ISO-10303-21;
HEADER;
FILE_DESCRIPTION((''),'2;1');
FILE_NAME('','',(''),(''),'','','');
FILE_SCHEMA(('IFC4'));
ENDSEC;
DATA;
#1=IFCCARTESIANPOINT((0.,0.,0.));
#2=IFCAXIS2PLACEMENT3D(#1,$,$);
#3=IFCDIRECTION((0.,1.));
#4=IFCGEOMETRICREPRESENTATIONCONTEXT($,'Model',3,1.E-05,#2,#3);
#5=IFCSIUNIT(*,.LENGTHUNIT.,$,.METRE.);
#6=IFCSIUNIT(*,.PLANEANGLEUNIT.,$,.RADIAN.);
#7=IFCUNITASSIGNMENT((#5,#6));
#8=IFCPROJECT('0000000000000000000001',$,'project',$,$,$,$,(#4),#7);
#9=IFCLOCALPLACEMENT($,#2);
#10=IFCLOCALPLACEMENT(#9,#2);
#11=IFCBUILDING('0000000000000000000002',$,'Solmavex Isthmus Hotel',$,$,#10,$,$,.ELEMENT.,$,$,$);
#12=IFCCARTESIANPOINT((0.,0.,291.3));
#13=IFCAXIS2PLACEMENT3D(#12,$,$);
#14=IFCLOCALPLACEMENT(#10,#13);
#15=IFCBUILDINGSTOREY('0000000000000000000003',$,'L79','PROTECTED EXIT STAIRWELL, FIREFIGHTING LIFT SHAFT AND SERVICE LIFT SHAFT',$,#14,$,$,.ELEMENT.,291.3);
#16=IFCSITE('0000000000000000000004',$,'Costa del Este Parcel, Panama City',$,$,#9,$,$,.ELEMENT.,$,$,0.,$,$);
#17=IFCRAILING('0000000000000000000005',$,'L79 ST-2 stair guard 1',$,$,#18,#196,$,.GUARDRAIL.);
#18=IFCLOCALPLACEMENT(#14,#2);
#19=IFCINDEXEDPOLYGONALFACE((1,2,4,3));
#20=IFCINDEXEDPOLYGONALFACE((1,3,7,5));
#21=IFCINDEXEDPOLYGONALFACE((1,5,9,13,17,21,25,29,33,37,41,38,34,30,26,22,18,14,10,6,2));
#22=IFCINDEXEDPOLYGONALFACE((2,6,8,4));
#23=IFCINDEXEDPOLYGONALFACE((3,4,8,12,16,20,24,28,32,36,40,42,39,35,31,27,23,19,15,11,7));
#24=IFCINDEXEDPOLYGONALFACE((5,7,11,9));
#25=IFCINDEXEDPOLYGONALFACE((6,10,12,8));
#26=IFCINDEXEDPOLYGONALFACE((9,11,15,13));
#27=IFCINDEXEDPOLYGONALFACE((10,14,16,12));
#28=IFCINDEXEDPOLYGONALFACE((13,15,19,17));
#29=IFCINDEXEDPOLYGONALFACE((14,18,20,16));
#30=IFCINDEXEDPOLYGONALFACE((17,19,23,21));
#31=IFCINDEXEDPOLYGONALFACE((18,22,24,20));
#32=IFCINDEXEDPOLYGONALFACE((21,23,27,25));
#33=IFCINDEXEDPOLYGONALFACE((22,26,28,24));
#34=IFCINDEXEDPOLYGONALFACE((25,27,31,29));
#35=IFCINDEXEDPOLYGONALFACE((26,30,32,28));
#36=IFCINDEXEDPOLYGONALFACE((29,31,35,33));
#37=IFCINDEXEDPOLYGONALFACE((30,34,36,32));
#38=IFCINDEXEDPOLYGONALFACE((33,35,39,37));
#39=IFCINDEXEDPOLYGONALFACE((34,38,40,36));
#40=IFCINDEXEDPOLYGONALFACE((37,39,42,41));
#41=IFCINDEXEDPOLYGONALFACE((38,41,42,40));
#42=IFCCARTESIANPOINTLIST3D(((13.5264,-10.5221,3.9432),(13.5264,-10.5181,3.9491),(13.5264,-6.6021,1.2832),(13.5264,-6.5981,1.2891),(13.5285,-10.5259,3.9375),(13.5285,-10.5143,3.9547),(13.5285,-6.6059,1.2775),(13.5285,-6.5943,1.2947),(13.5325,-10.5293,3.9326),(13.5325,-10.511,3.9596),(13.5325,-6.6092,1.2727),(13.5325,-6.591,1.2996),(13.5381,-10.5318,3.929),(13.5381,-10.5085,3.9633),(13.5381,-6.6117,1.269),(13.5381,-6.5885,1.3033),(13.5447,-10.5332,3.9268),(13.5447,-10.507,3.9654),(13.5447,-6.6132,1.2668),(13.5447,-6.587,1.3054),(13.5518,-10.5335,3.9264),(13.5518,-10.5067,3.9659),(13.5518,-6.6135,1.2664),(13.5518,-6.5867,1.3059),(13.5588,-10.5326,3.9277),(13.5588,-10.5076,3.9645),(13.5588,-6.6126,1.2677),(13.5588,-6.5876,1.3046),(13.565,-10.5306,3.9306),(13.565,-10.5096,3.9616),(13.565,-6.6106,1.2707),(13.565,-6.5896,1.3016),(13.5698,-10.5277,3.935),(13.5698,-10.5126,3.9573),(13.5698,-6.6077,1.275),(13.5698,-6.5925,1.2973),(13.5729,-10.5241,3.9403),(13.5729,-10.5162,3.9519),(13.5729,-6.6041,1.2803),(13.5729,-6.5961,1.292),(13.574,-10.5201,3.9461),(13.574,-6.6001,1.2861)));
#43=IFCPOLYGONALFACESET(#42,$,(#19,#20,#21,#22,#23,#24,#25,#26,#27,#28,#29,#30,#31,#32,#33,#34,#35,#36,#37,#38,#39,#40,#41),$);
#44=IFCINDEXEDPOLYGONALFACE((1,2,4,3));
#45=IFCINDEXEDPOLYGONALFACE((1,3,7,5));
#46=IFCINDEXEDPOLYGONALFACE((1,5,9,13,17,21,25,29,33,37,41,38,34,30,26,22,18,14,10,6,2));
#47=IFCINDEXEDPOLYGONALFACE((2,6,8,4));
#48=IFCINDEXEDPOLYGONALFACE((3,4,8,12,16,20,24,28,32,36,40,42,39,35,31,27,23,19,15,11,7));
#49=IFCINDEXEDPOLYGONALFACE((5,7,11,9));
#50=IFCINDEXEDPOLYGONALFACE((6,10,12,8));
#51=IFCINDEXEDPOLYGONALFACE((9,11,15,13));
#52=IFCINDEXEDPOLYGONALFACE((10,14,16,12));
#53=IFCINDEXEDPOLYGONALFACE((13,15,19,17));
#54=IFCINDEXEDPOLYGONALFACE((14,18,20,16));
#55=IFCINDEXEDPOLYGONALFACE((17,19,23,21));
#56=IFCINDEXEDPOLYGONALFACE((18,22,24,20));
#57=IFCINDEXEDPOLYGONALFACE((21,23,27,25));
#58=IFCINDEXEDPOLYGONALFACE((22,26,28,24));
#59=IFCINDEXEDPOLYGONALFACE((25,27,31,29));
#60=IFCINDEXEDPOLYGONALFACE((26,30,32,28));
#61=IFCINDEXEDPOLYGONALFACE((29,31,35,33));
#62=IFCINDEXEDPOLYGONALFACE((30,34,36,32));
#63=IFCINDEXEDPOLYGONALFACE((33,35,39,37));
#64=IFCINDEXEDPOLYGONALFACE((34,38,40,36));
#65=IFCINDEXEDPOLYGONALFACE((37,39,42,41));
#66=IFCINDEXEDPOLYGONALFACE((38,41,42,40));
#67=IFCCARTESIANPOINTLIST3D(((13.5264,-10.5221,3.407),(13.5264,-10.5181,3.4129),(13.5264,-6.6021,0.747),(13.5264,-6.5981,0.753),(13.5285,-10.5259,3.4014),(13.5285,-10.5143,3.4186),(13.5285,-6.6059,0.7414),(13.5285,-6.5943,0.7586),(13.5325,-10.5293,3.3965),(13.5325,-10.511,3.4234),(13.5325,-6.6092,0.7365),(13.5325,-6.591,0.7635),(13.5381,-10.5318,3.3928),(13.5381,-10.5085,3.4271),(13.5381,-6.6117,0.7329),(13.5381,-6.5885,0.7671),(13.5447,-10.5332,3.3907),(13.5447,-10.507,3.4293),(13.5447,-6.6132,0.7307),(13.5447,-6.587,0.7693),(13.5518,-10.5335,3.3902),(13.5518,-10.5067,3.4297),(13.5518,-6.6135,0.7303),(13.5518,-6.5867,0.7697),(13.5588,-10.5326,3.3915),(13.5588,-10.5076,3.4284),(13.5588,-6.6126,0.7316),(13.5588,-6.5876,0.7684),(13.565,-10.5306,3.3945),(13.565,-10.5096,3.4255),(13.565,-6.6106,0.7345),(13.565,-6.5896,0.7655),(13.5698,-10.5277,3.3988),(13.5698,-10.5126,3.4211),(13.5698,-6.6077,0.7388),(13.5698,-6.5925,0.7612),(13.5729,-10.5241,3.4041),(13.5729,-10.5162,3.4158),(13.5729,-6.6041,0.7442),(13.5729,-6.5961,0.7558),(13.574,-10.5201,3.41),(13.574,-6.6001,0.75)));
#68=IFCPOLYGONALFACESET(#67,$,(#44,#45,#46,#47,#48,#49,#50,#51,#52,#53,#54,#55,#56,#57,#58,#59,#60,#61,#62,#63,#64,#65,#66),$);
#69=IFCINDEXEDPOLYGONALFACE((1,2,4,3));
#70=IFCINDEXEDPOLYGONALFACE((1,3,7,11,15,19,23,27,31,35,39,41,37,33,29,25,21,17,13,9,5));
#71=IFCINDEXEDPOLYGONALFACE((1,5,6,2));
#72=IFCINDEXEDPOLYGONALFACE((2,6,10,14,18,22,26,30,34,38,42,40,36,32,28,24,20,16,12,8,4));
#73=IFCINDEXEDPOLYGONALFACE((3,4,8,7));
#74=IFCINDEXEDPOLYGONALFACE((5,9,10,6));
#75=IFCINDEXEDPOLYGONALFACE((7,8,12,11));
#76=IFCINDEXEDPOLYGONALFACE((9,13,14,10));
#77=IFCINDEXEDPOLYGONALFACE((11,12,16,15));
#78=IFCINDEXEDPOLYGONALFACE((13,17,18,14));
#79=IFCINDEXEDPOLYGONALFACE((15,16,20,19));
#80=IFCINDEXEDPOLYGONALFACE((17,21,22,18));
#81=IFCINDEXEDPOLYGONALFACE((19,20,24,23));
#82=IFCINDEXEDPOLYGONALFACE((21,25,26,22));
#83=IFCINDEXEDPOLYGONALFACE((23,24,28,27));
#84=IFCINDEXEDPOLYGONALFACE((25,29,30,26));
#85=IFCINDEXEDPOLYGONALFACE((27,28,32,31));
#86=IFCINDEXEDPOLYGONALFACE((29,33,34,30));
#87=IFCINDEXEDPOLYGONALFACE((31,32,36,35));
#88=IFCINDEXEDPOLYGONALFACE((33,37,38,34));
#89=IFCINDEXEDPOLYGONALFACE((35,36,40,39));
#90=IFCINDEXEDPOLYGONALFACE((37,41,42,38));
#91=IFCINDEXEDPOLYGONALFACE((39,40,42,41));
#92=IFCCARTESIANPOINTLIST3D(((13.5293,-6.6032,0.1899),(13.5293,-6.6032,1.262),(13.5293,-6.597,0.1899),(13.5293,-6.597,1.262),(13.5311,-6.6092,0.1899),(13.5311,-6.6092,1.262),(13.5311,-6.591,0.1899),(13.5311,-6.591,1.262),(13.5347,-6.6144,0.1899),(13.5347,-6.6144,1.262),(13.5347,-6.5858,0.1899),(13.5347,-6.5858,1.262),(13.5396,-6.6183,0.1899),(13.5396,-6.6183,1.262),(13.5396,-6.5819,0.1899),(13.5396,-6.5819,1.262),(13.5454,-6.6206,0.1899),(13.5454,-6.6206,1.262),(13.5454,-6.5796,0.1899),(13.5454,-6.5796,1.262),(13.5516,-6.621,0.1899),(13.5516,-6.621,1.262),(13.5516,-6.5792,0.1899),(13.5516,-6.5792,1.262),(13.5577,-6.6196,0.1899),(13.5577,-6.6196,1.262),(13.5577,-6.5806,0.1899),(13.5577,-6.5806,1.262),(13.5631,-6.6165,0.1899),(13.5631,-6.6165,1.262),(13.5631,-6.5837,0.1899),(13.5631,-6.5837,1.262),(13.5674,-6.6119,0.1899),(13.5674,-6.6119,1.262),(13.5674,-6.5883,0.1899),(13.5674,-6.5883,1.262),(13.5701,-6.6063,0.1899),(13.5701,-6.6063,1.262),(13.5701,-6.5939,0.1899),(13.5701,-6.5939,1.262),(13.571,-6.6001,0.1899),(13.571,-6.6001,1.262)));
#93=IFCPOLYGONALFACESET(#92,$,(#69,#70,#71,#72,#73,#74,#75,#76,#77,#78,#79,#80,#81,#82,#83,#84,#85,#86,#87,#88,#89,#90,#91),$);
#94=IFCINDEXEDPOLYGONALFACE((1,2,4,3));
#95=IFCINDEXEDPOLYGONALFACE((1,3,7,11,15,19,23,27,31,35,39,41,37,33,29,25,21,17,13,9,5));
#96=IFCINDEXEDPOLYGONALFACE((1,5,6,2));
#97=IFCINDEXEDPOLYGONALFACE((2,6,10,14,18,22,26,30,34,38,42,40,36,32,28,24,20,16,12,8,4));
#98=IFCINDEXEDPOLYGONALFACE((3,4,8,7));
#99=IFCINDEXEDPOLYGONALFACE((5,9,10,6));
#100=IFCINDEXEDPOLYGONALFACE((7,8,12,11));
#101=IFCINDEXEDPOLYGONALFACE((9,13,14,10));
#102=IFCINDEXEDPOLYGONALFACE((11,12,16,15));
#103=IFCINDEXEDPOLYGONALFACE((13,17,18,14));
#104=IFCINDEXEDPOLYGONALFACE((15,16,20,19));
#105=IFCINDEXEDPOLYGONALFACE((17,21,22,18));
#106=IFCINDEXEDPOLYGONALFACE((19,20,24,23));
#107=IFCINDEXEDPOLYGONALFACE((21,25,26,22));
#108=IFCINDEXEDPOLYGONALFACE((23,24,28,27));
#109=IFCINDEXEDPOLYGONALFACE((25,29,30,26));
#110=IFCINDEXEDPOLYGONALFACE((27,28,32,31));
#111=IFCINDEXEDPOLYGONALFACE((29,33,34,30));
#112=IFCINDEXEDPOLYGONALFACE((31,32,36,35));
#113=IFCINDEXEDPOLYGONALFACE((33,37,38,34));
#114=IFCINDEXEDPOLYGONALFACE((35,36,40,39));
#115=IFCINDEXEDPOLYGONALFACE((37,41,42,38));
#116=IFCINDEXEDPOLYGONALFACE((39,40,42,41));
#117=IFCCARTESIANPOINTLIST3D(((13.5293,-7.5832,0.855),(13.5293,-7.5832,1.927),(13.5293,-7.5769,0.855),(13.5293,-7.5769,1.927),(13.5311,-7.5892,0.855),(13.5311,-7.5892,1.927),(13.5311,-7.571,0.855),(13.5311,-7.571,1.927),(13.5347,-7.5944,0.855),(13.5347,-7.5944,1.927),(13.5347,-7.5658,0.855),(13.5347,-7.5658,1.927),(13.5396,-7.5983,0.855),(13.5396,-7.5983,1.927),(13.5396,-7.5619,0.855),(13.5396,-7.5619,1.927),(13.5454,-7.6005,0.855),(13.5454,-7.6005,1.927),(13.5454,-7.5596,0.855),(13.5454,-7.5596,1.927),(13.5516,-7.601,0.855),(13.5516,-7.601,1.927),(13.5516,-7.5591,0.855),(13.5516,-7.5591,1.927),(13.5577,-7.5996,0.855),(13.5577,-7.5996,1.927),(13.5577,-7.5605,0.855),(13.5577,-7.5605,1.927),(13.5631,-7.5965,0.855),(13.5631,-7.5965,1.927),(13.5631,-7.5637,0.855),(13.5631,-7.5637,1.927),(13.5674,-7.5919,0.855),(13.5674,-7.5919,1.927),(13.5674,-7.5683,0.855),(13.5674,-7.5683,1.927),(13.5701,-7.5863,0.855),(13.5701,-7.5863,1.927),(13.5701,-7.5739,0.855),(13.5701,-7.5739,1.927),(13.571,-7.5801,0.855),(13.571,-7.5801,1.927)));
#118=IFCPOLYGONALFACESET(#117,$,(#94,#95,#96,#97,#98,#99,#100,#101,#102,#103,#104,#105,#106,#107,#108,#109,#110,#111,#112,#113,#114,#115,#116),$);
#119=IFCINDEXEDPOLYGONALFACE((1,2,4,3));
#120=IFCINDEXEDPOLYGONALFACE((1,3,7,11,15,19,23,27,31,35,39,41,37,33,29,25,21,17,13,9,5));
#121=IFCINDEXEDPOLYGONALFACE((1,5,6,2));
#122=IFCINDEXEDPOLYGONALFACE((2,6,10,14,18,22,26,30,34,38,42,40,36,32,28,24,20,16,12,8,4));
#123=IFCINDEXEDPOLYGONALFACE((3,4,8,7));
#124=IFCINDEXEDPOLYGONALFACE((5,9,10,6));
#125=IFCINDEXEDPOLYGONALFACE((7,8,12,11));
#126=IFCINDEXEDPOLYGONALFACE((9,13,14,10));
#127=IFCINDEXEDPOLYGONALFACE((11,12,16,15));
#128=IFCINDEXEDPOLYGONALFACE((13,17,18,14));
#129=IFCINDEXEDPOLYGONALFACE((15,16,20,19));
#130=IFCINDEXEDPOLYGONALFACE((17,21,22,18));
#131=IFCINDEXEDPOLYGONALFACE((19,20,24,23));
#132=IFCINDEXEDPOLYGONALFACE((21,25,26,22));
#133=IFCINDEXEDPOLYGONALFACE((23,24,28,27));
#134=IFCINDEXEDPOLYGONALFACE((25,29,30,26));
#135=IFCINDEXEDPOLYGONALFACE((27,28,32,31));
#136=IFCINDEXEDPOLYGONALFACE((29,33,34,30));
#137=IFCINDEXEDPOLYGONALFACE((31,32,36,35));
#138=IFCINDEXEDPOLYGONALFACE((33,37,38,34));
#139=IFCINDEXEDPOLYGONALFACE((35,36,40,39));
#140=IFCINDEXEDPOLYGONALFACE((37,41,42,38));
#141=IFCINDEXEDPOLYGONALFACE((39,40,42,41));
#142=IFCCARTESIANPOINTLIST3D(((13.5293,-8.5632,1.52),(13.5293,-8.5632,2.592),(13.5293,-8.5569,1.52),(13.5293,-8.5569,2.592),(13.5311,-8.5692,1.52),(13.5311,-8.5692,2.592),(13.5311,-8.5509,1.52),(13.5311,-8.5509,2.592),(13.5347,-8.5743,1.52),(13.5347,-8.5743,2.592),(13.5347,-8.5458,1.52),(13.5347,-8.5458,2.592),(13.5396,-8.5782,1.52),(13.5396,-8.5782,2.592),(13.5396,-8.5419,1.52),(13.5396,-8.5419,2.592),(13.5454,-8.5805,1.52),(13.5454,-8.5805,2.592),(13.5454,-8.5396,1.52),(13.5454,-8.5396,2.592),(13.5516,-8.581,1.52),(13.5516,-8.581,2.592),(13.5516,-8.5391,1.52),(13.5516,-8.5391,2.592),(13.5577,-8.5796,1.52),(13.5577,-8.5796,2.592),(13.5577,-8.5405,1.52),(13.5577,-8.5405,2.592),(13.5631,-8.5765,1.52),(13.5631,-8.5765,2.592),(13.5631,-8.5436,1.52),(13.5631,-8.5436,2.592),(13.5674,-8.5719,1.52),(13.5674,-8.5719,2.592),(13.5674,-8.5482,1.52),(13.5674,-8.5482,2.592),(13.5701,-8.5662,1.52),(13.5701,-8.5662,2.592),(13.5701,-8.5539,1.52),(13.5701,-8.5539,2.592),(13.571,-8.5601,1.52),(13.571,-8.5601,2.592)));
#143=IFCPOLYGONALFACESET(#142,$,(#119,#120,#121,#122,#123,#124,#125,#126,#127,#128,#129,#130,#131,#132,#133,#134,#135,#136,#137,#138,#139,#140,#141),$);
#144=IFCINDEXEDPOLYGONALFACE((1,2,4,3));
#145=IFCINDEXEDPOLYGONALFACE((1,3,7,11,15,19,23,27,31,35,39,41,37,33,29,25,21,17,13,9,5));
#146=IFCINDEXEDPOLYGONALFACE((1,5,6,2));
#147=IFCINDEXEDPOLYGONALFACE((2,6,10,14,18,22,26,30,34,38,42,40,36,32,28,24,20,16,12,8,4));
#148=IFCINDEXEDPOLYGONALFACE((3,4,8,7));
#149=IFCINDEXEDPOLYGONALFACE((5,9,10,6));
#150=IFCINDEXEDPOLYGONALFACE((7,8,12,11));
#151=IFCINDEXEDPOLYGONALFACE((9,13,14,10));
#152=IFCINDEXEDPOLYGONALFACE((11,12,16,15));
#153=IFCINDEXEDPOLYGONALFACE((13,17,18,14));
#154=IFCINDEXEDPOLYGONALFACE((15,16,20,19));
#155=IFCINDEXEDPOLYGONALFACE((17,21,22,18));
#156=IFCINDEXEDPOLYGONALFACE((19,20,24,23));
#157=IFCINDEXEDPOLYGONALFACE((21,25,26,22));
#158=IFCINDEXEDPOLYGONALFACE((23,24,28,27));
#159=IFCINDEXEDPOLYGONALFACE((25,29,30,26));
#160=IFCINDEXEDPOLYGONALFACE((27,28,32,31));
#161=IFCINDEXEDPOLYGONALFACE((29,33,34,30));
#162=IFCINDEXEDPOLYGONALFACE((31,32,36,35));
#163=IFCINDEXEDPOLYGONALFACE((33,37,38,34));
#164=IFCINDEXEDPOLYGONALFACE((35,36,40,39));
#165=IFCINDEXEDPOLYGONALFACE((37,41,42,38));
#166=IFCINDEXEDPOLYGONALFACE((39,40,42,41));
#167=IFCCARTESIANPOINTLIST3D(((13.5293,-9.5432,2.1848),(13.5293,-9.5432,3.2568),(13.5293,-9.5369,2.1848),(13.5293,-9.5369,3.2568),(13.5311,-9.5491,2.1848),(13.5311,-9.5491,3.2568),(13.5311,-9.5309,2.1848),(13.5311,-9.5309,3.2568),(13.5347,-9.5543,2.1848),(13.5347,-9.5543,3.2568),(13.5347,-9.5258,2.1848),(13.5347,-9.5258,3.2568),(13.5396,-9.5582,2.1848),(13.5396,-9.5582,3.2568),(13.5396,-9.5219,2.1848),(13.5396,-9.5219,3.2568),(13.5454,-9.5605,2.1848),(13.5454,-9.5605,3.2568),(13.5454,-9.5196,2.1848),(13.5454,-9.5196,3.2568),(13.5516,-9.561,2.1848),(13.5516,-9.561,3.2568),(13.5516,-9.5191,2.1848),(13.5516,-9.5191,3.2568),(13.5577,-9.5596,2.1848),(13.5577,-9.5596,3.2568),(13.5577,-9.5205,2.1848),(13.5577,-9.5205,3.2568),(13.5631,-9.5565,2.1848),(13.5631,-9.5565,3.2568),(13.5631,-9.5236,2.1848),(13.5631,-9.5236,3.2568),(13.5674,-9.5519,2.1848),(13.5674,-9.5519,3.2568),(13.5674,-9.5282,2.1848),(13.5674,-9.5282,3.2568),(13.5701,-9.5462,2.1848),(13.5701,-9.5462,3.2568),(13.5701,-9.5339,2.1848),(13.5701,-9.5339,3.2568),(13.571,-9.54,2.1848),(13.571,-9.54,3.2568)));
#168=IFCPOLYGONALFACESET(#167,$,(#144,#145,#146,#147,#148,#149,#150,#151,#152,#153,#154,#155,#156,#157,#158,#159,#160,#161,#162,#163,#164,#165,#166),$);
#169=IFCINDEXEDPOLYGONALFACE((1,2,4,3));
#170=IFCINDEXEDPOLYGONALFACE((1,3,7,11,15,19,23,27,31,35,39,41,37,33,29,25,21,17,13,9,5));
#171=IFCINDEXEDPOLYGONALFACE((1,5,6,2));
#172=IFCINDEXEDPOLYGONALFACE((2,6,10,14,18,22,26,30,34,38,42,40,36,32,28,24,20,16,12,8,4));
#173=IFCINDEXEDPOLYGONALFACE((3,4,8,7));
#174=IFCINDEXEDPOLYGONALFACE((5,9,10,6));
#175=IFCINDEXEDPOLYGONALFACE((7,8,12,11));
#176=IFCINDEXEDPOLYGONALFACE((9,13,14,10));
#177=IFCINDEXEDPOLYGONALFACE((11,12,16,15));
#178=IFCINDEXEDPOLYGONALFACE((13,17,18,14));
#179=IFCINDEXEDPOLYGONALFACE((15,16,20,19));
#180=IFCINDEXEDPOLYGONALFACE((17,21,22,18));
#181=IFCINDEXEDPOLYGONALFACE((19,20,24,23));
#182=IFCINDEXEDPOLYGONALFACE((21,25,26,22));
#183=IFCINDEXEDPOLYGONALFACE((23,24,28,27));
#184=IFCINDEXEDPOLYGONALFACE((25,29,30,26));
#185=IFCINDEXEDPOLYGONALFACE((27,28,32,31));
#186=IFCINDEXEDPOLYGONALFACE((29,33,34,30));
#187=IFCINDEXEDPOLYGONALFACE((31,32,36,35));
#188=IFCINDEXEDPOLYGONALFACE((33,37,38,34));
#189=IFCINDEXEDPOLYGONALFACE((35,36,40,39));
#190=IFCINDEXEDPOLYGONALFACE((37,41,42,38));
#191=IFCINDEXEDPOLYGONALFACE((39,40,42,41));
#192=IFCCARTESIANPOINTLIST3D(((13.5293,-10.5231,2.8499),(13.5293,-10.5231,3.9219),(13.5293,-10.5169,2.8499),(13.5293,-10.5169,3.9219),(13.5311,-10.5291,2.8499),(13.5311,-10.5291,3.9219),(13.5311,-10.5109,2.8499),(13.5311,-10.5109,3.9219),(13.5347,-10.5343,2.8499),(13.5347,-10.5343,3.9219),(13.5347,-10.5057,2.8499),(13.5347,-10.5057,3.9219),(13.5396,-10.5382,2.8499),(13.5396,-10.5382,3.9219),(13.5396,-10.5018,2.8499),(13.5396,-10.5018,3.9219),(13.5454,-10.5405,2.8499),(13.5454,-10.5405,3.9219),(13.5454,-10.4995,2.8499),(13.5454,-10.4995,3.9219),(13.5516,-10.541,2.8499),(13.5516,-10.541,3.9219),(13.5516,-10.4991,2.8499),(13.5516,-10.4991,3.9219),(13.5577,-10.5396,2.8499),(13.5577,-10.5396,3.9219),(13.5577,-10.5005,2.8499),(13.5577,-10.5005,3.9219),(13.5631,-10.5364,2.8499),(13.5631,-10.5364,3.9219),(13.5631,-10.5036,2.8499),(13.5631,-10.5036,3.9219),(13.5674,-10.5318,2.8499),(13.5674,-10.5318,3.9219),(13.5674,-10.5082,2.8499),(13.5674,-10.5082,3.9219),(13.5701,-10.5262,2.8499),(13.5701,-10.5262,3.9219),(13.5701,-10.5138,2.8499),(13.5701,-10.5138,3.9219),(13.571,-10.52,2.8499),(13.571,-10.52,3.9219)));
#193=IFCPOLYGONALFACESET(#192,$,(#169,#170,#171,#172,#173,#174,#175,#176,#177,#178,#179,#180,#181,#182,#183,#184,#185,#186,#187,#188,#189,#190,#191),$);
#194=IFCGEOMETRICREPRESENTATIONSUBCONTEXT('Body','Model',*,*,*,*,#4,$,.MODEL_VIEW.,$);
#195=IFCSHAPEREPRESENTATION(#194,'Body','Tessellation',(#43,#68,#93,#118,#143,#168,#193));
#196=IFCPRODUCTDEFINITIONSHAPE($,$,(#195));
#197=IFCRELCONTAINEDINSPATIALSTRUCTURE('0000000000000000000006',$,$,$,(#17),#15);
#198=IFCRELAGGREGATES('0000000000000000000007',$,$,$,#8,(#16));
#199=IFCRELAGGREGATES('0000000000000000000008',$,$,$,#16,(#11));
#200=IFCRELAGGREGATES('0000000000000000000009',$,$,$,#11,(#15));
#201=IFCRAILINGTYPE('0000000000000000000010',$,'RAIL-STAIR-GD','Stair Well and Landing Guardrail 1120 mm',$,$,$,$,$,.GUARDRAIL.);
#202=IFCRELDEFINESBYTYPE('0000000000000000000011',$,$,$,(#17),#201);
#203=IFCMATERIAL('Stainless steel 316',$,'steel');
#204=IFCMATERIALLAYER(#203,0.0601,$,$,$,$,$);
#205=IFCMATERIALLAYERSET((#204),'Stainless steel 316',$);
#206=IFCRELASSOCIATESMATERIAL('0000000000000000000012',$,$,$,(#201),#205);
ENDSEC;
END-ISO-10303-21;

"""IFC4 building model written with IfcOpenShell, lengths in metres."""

from ifc_helpers import new_model, si_unit, direction, frame, origin, origin_2d, place, context, subcontext, project, spatial, circle, extrude, material, layer, layer_set, type_object, element, save


model = new_model("IFC4")

# Units and contexts
model_context = context("Model", 3, precision=1e-05, world=origin(), true_north=direction((0.0, 1.0)))
body_context = subcontext(model_context, "Body", "Model", "MODEL_VIEW")
ifc_project = project(units=[si_unit("LENGTHUNIT", "METRE"), si_unit("PLANEANGLEUNIT", "RADIAN")], contexts=[model_context])

# Site, building, storey
site_placement = place(None, origin())
site = spatial("IfcSite", under=ifc_project, at=site_placement, Name="Costa del Este Parcel, Panama City", CompositionType="ELEMENT", RefElevation=0.0)
building_placement = place(site_placement, origin())
building = spatial("IfcBuilding", under=site, at=building_placement, Name="Solmavex Isthmus Hotel", CompositionType="ELEMENT")
storey_placement = place(building_placement, frame((0.0, 0.0, 291.3)))
storey = spatial("IfcBuildingStorey", under=building, at=storey_placement, Name="L79", Description="PROTECTED EXIT STAIRWELL, FIREFIGHTING LIFT SHAFT AND SERVICE LIFT SHAFT", CompositionType="ELEMENT", Elevation=291.3)

# Railing
ifc_material_1 = material(Name="Stainless steel 316", Category="steel")
ifc_layer_1 = layer(ifc_material_1, 0.0601)
ifc_layer_set_1 = layer_set([ifc_layer_1], Name="Stainless steel 316")
railing_type_1 = type_object("IfcRailingType", Name="RAIL-STAIR-GD", Description="Stair Well and Landing Guardrail 1120 mm", PredefinedType="GUARDRAIL", material=ifc_layer_set_1)
railing_1_placement = place(storey_placement, frame((13.55, -6.6001, 0.1899)))
element("IfcRailing", 1, at=railing_1_placement, inside=storey, type_object=railing_type_1, Name="L79 ST-2 stair guard 1", PredefinedType="GUARDRAIL", context=body_context, shape_type="SweptSolid", body=[
    extrude(circle(Radius=0.0239, at=origin_2d()), frame((0.0, 0.0, 1.0962), z_axis=(0.0, -0.827479, 0.561496), x_axis=(1.0, 0.0, 0.0)), (0.0, 0.0, 1.0), 4.7373),
    extrude(circle(Radius=0.0239, at=origin_2d()), frame((0.0, 0.0, 0.5601), z_axis=(0.0, -0.827479, 0.561496), x_axis=(1.0, 0.0, 0.0)), (0.0, 0.0, 1.0), 4.7373),
    extrude(circle(Radius=0.021, at=origin_2d()), origin(), (0.0, 0.0, 1.0), 1.072),
    extrude(circle(Radius=0.021, at=origin_2d()), frame((0.0, -0.98, 0.665)), (0.0, 0.0, 1.0), 1.072),
    extrude(circle(Radius=0.021, at=origin_2d()), frame((0.0, -1.96, 1.3301)), (0.0, 0.0, 1.0), 1.072),
    extrude(circle(Radius=0.021, at=origin_2d()), frame((0.0, -2.9399, 1.9949)), (0.0, 0.0, 1.0), 1.072),
    extrude(circle(Radius=0.021, at=origin_2d()), frame((0.0, -3.9199, 2.6599)), (0.0, 0.0, 1.0), 1.072),
])

save(model, "model.ifc")
